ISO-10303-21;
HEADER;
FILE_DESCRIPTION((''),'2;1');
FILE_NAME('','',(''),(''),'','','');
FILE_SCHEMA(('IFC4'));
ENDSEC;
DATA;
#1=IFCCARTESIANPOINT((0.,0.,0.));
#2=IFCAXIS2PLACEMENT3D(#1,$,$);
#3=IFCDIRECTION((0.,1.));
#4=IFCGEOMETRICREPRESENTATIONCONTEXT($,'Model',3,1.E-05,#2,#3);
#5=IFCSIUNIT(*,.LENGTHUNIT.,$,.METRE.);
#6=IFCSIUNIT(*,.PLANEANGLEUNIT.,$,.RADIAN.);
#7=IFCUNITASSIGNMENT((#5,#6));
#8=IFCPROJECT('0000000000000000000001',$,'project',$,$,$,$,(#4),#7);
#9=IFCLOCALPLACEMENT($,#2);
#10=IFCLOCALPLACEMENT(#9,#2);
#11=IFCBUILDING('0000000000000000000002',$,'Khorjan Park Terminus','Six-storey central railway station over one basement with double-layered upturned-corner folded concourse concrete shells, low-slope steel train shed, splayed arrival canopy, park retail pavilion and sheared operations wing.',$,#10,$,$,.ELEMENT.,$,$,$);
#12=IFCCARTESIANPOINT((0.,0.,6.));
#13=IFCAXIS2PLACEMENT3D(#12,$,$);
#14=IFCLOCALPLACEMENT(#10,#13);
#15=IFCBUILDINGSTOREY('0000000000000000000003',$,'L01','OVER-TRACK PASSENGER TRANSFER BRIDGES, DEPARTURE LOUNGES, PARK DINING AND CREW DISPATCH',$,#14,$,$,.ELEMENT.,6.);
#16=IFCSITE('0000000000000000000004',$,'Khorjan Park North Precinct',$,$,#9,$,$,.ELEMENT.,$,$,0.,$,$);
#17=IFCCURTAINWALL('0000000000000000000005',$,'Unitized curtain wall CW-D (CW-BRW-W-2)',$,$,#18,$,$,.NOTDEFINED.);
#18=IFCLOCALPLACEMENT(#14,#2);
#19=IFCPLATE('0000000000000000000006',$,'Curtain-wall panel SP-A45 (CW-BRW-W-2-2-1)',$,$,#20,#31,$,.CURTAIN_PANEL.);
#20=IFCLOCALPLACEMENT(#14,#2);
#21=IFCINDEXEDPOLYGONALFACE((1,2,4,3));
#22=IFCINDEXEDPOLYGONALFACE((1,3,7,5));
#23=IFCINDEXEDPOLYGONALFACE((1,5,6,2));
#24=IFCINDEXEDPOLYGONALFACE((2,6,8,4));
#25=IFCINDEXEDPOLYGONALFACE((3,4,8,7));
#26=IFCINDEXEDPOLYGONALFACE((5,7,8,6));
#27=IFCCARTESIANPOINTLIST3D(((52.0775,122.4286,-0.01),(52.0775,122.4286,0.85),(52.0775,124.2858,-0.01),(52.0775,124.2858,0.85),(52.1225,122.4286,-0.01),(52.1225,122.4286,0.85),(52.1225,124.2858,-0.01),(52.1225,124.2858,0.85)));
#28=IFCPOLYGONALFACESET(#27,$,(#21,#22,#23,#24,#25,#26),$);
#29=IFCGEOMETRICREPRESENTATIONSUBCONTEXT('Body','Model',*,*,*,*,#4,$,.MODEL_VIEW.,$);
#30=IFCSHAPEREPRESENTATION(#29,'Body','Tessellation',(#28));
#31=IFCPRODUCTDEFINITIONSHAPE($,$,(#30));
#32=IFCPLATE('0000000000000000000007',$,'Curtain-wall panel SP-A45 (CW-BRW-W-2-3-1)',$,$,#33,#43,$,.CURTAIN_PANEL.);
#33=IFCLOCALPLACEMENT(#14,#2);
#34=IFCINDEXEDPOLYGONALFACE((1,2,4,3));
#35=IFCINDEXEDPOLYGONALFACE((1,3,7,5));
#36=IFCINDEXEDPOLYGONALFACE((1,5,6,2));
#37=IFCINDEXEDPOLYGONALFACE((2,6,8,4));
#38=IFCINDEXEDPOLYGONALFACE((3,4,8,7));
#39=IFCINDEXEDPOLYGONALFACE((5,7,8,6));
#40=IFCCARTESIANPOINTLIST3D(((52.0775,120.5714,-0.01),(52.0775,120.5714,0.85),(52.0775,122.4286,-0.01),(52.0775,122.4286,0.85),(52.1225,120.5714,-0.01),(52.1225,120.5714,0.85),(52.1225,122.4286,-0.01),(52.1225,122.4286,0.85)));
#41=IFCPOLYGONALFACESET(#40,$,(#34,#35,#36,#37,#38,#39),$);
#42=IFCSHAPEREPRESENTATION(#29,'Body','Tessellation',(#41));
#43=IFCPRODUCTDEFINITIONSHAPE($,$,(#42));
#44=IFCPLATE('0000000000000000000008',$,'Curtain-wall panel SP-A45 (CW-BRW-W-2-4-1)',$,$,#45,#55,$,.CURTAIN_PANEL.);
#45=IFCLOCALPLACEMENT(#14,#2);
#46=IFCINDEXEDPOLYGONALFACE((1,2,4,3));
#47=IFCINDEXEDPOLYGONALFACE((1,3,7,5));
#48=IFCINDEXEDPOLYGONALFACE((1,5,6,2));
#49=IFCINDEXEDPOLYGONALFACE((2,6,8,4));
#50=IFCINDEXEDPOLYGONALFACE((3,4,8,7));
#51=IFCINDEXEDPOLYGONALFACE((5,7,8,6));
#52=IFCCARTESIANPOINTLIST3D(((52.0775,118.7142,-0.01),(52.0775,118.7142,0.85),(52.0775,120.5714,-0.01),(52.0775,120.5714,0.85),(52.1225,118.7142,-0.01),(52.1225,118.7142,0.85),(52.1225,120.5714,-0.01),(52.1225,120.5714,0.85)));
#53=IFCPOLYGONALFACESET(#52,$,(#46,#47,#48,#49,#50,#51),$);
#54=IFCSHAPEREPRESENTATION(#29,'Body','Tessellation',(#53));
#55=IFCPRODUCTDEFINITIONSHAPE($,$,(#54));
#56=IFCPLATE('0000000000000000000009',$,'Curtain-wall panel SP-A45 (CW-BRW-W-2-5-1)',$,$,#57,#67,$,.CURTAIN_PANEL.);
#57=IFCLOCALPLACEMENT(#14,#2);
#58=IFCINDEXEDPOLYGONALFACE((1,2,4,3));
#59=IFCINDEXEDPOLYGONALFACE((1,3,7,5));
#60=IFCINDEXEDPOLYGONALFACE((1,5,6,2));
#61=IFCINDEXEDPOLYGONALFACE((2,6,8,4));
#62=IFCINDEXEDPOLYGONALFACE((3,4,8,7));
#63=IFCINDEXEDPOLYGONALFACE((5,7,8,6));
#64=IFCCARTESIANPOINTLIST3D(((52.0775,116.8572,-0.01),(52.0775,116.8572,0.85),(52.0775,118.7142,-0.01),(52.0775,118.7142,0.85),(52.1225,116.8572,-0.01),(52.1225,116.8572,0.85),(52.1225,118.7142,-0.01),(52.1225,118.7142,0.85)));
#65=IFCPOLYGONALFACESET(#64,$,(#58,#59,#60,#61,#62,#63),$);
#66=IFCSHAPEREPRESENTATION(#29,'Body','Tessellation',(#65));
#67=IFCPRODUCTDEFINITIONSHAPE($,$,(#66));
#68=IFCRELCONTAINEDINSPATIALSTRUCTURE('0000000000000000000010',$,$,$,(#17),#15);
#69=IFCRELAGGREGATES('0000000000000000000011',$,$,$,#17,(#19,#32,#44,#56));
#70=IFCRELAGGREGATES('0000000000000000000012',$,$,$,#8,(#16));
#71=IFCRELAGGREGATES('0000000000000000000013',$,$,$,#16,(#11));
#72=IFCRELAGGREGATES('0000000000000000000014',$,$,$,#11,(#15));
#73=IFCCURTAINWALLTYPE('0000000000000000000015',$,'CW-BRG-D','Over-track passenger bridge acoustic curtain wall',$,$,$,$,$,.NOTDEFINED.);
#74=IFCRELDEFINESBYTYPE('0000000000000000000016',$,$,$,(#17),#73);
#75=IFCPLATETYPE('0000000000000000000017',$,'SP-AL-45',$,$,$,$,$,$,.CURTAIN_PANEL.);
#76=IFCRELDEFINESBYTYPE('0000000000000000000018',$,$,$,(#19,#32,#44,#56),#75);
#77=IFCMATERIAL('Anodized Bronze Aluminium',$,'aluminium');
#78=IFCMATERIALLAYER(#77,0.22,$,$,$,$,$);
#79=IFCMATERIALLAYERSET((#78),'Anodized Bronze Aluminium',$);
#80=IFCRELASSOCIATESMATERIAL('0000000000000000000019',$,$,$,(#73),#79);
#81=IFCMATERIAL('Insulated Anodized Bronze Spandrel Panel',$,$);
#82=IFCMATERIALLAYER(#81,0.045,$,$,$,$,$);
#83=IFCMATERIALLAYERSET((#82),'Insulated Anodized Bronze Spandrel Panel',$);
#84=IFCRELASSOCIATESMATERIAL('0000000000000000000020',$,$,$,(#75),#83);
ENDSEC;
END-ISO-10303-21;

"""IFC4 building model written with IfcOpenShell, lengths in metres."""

from ifc_helpers import new_model, si_unit, direction, frame, origin, origin_2d, place, context, subcontext, project, spatial, rectangle, extrude, material, layer, layer_set, type_object, element, aggregate, save


model = new_model("IFC4")

# Units and contexts
model_context = context("Model", 3, precision=1e-05, world=origin(), true_north=direction((0.0, 1.0)))
body_context = subcontext(model_context, "Body", "Model", "MODEL_VIEW")
ifc_project = project(units=[si_unit("LENGTHUNIT", "METRE"), si_unit("PLANEANGLEUNIT", "RADIAN")], contexts=[model_context])

# Site, building, storey
site_placement = place(None, origin())
site = spatial("IfcSite", under=ifc_project, at=site_placement, Name="Khorjan Park North Precinct", CompositionType="ELEMENT", RefElevation=0.0)
building_placement = place(site_placement, origin())
building = spatial("IfcBuilding", under=site, at=building_placement, Name="Khorjan Park Terminus", Description="Six-storey central railway station over one basement with double-layered upturned-corner folded concourse concrete shells, low-slope steel train shed, splayed arrival canopy, park retail pavilion and sheared operations wing.", CompositionType="ELEMENT")
storey_placement = place(building_placement, frame((0.0, 0.0, 6.0)))
storey = spatial("IfcBuildingStorey", under=building, at=storey_placement, Name="L01", Description="OVER-TRACK PASSENGER TRANSFER BRIDGES, DEPARTURE LOUNGES, PARK DINING AND CREW DISPATCH", CompositionType="ELEMENT", Elevation=6.0)

# Curtain wall, plates
ifc_material_1 = material(Name="Anodized Bronze Aluminium", Category="aluminium")
ifc_layer_1 = layer(ifc_material_1, 0.22)
ifc_layer_set_1 = layer_set([ifc_layer_1], Name="Anodized Bronze Aluminium")
curtain_wall_type = type_object("IfcCurtainWallType", Name="CW-BRG-D", Description="Over-track passenger bridge acoustic curtain wall", PredefinedType="NOTDEFINED", material=ifc_layer_set_1)
curtain_wall_placement = place(storey_placement, origin())
curtain_wall = element("IfcCurtainWall", 1, at=curtain_wall_placement, inside=storey, type_object=curtain_wall_type, Name="Unitized curtain wall CW-D (CW-BRW-W-2)", PredefinedType="NOTDEFINED")
ifc_material_2 = material(Name="Insulated Anodized Bronze Spandrel Panel")
ifc_layer_2 = layer(ifc_material_2, 0.045)
ifc_layer_set_2 = layer_set([ifc_layer_2], Name="Insulated Anodized Bronze Spandrel Panel")
plate_type_1 = type_object("IfcPlateType", Name="SP-AL-45", PredefinedType="CURTAIN_PANEL", material=ifc_layer_set_2)
plate_1_placement = place(storey_placement, frame((52.1, 123.3572, -0.01), z_axis=(0.0, 0.0, 1.0), x_axis=(0.0, -1.0, 0.0)))
plate_1 = element("IfcPlate", 2, at=plate_1_placement, type_object=plate_type_1, Name="Curtain-wall panel SP-A45 (CW-BRW-W-2-2-1)", PredefinedType="CURTAIN_PANEL", context=body_context, shape_type="SweptSolid", body=[
    extrude(rectangle(XDim=1.8571, YDim=0.045, at=origin_2d()), origin(), (0.0, 0.0, 1.0), 0.86),
])
plate_2_placement = place(storey_placement, frame((52.1, 121.5, -0.01), z_axis=(0.0, 0.0, 1.0), x_axis=(0.0, -1.0, 0.0)))
plate_2 = element("IfcPlate", 3, at=plate_2_placement, type_object=plate_type_1, Name="Curtain-wall panel SP-A45 (CW-BRW-W-2-3-1)", PredefinedType="CURTAIN_PANEL", context=body_context, shape_type="SweptSolid", body=[
    extrude(rectangle(XDim=1.8571, YDim=0.045, at=origin_2d()), origin(), (0.0, 0.0, 1.0), 0.86),
])
plate_3_placement = place(storey_placement, frame((52.1, 119.6428, -0.01), z_axis=(0.0, 0.0, 1.0), x_axis=(0.0, -1.0, 0.0)))
plate_3 = element("IfcPlate", 4, at=plate_3_placement, type_object=plate_type_1, Name="Curtain-wall panel SP-A45 (CW-BRW-W-2-4-1)", PredefinedType="CURTAIN_PANEL", context=body_context, shape_type="SweptSolid", body=[
    extrude(rectangle(XDim=1.8571, YDim=0.045, at=origin_2d()), origin(), (0.0, 0.0, 1.0), 0.86),
])
plate_4_placement = place(storey_placement, frame((52.1, 117.7857, -0.01), z_axis=(0.0, 0.0, 1.0), x_axis=(0.0, -1.0, 0.0)))
plate_4 = element("IfcPlate", 5, at=plate_4_placement, type_object=plate_type_1, Name="Curtain-wall panel SP-A45 (CW-BRW-W-2-5-1)", PredefinedType="CURTAIN_PANEL", context=body_context, shape_type="SweptSolid", body=[
    extrude(rectangle(XDim=1.8571, YDim=0.045, at=origin_2d()), origin(), (0.0, 0.0, 1.0), 0.86),
])
aggregate(curtain_wall, [plate_1, plate_2, plate_3, plate_4])

save(model, "model.ifc")
